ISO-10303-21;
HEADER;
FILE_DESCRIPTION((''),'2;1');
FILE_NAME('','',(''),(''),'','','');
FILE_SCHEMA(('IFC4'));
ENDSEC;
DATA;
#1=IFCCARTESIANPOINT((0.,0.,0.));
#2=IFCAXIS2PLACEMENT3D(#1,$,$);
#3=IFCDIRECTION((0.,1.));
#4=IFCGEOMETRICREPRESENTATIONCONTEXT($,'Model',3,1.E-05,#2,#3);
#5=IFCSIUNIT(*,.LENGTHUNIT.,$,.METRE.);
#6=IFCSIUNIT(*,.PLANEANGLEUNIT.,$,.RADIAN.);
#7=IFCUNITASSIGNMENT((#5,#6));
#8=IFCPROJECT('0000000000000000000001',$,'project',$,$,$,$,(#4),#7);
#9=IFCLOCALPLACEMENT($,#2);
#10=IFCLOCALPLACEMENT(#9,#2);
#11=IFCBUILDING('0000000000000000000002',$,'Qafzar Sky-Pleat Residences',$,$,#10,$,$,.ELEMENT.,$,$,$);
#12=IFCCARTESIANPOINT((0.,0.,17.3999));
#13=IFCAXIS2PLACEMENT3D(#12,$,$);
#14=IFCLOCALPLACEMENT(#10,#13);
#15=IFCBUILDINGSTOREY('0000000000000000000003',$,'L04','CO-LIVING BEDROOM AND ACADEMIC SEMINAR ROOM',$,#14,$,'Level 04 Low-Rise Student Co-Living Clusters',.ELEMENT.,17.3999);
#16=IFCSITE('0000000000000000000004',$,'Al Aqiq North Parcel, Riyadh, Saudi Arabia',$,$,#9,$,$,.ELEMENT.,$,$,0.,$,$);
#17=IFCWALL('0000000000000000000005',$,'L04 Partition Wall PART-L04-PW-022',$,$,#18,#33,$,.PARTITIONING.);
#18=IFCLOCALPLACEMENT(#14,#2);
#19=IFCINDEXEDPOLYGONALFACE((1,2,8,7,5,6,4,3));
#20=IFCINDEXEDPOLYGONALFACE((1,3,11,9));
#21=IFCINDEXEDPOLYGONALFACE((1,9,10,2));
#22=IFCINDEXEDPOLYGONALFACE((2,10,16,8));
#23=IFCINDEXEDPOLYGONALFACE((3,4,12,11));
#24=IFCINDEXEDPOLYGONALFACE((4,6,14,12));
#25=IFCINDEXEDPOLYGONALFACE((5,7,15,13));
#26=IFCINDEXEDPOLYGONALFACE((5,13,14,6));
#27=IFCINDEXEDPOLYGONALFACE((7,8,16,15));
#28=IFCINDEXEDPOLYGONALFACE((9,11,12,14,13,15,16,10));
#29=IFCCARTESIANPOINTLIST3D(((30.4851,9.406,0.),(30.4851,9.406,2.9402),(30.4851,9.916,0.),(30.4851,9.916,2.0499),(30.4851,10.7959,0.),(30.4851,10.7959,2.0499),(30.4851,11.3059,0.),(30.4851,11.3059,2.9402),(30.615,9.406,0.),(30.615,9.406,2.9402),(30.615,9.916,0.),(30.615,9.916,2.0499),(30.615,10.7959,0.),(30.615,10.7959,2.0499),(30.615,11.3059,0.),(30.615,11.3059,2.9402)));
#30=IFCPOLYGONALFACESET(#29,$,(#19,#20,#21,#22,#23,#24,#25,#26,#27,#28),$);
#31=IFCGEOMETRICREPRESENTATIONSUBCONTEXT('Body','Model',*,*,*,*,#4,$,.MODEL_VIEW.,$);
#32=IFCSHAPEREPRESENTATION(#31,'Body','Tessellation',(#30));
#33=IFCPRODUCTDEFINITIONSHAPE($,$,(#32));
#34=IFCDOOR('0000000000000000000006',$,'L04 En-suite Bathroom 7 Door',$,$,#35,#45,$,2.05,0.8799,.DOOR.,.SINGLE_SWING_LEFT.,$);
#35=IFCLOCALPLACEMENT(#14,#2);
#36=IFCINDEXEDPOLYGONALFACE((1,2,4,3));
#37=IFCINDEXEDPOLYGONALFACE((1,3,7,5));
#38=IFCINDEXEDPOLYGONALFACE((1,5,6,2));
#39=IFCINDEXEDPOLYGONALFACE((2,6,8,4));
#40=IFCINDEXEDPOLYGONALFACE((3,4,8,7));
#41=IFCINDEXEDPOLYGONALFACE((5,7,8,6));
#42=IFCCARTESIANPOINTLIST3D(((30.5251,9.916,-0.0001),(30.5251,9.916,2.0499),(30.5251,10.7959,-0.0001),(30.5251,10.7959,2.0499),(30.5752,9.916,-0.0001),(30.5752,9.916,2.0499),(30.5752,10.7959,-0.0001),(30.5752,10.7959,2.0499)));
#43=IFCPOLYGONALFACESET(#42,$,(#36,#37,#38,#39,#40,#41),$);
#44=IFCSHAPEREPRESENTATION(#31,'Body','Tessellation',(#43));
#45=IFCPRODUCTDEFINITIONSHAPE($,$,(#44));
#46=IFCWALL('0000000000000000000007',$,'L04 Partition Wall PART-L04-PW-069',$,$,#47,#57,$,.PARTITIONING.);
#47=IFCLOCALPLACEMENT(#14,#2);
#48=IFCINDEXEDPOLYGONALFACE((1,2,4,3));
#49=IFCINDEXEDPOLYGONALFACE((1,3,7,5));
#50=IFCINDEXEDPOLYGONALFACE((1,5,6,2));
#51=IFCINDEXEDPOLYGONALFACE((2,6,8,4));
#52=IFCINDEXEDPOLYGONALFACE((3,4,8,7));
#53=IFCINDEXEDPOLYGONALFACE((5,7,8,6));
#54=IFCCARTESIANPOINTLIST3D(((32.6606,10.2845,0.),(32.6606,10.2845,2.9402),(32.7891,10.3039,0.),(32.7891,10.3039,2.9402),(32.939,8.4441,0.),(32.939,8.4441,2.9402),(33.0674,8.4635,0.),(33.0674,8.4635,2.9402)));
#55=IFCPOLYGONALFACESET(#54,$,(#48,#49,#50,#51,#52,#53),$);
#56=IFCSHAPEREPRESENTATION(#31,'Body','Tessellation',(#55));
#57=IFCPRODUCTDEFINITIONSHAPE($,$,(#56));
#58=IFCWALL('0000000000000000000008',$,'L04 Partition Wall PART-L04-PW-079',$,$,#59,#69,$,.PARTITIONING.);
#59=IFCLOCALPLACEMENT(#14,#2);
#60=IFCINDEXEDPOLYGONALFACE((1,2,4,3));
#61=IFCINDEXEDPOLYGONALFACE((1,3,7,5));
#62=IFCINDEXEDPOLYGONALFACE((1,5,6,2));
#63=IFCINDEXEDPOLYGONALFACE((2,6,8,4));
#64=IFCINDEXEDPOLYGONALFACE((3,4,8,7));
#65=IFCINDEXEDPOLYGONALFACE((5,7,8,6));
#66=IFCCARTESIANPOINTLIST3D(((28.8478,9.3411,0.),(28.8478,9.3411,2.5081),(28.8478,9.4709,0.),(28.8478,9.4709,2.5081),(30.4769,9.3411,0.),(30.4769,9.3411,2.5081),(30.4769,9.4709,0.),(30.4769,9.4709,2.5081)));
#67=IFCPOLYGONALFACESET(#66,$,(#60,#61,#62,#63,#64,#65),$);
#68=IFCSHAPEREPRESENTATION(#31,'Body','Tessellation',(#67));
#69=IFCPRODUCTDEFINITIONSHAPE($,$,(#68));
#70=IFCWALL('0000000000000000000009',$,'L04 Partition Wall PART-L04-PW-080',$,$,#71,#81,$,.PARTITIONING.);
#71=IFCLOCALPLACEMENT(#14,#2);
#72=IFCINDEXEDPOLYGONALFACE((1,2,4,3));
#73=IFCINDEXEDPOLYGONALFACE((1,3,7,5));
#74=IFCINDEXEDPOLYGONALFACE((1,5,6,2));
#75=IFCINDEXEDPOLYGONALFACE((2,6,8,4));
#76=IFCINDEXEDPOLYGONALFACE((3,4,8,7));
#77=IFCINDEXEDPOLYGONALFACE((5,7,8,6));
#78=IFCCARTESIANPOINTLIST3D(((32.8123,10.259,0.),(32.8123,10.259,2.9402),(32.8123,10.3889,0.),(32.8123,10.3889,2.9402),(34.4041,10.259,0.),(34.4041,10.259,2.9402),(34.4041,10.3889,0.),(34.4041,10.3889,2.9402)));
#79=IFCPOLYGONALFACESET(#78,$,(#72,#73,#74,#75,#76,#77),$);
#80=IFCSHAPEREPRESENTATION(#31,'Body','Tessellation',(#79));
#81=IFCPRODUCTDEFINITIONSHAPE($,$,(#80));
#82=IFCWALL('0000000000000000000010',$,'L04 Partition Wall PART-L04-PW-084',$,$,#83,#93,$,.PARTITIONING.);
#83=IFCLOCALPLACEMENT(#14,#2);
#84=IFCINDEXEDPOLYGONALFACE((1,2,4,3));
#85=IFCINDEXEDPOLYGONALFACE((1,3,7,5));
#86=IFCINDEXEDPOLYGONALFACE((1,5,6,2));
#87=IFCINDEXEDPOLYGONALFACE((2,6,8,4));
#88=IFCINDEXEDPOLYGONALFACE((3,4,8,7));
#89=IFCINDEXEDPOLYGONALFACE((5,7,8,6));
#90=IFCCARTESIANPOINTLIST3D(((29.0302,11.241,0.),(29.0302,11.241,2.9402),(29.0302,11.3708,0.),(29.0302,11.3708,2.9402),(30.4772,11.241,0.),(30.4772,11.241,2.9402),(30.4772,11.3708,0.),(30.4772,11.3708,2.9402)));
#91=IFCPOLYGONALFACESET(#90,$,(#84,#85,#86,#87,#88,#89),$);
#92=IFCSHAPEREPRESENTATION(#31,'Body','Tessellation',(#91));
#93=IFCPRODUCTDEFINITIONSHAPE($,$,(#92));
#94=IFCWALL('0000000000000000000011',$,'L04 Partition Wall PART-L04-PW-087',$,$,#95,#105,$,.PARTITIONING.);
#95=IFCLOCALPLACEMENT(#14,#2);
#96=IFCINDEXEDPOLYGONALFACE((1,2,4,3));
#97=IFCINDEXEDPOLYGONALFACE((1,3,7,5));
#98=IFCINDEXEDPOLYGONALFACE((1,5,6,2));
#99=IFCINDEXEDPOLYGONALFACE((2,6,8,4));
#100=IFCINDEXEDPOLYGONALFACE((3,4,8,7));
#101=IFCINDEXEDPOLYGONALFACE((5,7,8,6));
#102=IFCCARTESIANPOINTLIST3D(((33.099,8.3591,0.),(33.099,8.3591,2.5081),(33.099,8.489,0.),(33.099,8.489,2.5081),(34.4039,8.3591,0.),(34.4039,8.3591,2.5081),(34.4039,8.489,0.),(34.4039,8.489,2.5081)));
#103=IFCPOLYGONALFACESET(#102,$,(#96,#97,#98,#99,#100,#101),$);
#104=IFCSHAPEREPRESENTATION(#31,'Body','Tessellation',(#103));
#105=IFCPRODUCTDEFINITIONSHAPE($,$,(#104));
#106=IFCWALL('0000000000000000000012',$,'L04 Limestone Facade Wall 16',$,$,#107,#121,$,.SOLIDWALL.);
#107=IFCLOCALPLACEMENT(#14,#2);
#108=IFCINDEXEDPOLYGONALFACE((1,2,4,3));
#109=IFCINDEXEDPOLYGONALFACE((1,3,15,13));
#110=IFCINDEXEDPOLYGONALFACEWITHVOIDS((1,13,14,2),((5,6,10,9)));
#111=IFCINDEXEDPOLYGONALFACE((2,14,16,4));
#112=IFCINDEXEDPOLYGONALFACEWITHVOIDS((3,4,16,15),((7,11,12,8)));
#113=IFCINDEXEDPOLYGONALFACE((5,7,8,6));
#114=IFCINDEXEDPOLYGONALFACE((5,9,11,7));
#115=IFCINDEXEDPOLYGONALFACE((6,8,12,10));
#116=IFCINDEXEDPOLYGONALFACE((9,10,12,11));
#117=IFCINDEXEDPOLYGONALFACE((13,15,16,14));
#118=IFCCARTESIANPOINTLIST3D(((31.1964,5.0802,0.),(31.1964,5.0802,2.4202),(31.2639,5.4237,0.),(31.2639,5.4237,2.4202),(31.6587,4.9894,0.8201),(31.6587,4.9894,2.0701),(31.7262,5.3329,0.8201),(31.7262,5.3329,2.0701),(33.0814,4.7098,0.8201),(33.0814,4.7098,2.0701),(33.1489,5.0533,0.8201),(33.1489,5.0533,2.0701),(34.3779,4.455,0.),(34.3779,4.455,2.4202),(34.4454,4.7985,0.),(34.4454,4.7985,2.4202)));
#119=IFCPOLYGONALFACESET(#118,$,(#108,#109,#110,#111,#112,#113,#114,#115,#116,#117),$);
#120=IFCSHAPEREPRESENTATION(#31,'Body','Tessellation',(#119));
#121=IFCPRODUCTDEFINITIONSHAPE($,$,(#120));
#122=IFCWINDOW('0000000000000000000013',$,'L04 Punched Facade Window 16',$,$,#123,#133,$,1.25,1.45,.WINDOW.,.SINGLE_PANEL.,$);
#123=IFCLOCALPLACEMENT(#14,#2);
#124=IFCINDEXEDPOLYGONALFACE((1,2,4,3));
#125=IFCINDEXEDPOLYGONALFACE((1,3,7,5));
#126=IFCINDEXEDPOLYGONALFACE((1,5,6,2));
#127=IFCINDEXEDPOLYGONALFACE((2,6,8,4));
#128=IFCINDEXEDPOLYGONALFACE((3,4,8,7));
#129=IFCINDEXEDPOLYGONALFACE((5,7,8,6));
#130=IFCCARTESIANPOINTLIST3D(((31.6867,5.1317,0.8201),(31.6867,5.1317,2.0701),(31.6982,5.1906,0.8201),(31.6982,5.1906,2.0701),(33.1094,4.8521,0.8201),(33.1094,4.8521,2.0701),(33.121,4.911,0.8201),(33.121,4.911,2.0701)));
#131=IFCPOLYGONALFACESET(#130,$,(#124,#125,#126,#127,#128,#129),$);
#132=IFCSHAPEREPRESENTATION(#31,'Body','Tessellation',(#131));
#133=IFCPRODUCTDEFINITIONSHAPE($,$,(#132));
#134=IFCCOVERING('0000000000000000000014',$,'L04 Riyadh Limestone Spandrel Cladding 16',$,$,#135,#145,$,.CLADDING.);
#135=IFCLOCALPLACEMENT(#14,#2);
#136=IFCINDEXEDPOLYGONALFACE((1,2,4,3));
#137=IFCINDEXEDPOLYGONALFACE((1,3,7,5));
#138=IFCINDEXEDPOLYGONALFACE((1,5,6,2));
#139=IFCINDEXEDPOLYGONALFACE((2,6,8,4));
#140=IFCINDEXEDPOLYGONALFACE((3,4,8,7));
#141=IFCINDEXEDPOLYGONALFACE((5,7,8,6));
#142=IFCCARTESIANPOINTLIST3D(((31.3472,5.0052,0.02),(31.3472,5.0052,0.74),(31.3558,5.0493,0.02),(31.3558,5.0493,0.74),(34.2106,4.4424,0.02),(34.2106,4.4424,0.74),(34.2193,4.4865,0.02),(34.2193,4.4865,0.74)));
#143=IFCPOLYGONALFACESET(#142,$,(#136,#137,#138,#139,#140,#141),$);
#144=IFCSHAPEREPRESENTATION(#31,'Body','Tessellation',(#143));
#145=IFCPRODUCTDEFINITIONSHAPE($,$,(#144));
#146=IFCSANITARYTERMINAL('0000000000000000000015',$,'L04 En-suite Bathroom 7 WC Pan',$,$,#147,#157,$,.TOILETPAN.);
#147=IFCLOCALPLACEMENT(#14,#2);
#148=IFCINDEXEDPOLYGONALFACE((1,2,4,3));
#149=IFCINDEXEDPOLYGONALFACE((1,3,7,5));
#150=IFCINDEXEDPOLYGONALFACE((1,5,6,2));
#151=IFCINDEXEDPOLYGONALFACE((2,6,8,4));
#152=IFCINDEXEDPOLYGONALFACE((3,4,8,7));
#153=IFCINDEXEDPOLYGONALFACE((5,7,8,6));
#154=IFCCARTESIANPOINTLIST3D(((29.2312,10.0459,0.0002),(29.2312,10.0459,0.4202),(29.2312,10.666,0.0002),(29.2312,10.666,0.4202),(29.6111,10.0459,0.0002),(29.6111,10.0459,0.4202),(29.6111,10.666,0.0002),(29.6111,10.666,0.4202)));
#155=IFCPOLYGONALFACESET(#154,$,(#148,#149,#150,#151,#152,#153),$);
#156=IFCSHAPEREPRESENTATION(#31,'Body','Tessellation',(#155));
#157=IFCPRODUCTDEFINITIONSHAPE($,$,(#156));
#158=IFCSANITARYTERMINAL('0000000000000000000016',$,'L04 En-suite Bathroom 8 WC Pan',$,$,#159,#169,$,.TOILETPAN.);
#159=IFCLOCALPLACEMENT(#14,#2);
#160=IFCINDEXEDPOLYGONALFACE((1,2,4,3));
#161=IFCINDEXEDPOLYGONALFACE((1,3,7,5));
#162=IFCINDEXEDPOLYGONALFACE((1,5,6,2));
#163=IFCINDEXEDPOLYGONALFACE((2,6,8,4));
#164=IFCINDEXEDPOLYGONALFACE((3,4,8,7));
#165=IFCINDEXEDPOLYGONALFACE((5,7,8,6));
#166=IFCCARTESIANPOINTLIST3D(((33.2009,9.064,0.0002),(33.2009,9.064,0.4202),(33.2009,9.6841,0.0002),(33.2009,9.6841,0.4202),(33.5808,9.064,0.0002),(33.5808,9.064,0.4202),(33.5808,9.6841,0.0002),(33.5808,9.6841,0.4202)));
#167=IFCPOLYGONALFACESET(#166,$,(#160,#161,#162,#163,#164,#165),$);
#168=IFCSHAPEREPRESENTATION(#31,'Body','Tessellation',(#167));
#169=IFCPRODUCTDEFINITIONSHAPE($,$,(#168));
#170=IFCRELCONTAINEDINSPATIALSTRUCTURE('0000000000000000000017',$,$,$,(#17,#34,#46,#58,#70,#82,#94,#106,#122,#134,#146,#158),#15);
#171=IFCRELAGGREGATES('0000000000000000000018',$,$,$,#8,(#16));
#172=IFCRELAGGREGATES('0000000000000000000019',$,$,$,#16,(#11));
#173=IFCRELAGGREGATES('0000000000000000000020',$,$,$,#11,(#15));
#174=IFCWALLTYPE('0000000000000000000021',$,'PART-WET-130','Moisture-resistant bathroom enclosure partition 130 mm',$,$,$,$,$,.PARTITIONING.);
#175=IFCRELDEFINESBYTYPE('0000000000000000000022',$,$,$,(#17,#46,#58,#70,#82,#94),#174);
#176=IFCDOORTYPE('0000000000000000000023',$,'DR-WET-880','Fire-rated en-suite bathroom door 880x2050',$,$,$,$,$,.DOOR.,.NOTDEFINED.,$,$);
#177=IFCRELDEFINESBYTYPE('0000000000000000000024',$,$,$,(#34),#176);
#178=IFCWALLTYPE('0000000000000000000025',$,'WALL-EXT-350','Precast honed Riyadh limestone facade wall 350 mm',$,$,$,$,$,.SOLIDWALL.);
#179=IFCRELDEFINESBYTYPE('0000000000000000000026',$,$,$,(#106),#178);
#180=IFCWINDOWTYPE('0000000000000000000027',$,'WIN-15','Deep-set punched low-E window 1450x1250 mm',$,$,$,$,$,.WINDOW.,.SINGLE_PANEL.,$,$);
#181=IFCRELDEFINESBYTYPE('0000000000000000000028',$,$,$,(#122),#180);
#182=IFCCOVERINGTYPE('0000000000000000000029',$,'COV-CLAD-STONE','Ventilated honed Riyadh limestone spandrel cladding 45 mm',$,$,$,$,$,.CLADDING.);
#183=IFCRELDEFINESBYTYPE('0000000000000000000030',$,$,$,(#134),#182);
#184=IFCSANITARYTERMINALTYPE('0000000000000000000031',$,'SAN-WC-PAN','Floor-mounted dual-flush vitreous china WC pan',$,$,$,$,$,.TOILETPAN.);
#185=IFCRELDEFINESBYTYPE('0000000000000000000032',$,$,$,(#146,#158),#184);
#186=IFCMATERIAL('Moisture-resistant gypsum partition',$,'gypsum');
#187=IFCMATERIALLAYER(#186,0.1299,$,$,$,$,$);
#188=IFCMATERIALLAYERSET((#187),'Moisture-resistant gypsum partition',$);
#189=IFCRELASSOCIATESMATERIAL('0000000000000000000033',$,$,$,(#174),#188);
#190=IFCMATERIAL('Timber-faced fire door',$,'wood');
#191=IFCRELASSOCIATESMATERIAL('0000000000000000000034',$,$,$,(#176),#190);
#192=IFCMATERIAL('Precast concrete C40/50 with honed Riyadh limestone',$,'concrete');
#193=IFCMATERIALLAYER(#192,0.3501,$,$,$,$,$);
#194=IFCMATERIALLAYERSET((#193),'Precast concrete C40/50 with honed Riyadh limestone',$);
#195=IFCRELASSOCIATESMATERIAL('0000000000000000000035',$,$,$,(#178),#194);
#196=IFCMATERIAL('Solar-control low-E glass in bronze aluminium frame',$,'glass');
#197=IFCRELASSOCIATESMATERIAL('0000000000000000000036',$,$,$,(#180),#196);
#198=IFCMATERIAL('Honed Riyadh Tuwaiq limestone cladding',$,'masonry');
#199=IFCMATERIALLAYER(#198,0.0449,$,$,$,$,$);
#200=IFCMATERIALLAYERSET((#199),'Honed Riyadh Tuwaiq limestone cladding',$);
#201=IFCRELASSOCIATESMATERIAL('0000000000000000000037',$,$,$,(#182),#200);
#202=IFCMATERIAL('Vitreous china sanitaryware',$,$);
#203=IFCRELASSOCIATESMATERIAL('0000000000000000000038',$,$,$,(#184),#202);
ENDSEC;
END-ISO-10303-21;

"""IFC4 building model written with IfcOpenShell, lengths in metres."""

from ifc_helpers import new_model, si_unit, direction, frame, frame_2d, origin, origin_2d, place, context, subcontext, project, spatial, rectangle, extrude, source, transform, mapped, material, layer, layer_set, type_object, element, fill, save


model = new_model("IFC4")

# Units and contexts
model_context = context("Model", 3, precision=1e-05, world=origin(), true_north=direction((0.0, 1.0)))
body_context = subcontext(model_context, "Body", "Model", "MODEL_VIEW")
ifc_project = project(units=[si_unit("LENGTHUNIT", "METRE"), si_unit("PLANEANGLEUNIT", "RADIAN")], contexts=[model_context])

# Site, building, storey
site_placement = place(None, origin())
site = spatial("IfcSite", under=ifc_project, at=site_placement, Name="Al Aqiq North Parcel, Riyadh, Saudi Arabia", CompositionType="ELEMENT", RefElevation=0.0)
building_placement = place(site_placement, origin())
building = spatial("IfcBuilding", under=site, at=building_placement, Name="Qafzar Sky-Pleat Residences", CompositionType="ELEMENT")
storey_placement = place(building_placement, frame((0.0, 0.0, 17.3999)))
storey = spatial("IfcBuildingStorey", under=building, at=storey_placement, Name="L04", Description="CO-LIVING BEDROOM AND ACADEMIC SEMINAR ROOM", LongName="Level 04 Low-Rise Student Co-Living Clusters", CompositionType="ELEMENT", Elevation=17.3999)

# Wall, opening, door
ifc_material_1 = material(Name="Moisture-resistant gypsum partition", Category="gypsum")
ifc_layer_1 = layer(ifc_material_1, 0.1299)
ifc_layer_set_1 = layer_set([ifc_layer_1], Name="Moisture-resistant gypsum partition")
wall_type_1 = type_object("IfcWallType", Name="PART-WET-130", Description="Moisture-resistant bathroom enclosure partition 130 mm", PredefinedType="PARTITIONING", material=ifc_layer_set_1)
ifc_material_2 = material(Name="Timber-faced fire door", Category="wood")
door_type = type_object("IfcDoorType", Name="DR-WET-880", Description="Fire-rated en-suite bathroom door 880x2050", OperationType="NOTDEFINED", PredefinedType="DOOR", material=ifc_material_2)
shared_shape_1 = source(origin(), body_context, "Body", "SweptSolid", [
    extrude(rectangle(XDim=0.8799, YDim=2.05, at=frame_2d((0.4399, 1.0249))), frame((0.0, 0.0249, 0.0), z_axis=(0.0, -1.0, 0.0), x_axis=(1.0, 0.0, 0.0)), (0.0, 0.0, 1.0), 0.05),
])
wall_1_placement = place(storey_placement, frame((30.55, 9.406, 0.0), z_axis=(0.0, 0.0, 1.0), x_axis=(0.0, 1.0, 0.0)))
wall_1 = element("IfcWall", 1, at=wall_1_placement, inside=storey, type_object=wall_type_1, Name="L04 Partition Wall PART-L04-PW-022", PredefinedType="PARTITIONING", context=body_context, shape_type="SweptSolid", body=[
    extrude(rectangle(XDim=1.8999, YDim=0.1299, at=frame_2d((0.95, 0.0))), origin(), (0.0, 0.0, 1.0), 2.9402),
])
opening_1_placement = place(wall_1_placement, frame((0.51, 0.0, 0.0)))
opening_1 = element("IfcOpeningElement", 2, at=opening_1_placement, cuts=wall_1, PredefinedType="OPENING", context=body_context, shape_type="SweptSolid", body=[
    extrude(rectangle(XDim=0.8799, YDim=2.05, at=frame_2d((0.4399, 1.0249))), frame((0.0, 0.075, 0.0), z_axis=(0.0, -1.0, 0.0), x_axis=(1.0, 0.0, 0.0)), (0.0, 0.0, 1.0), 0.1499),
])
door_1_placement = place(opening_1_placement, origin())
door_1 = element("IfcDoor", 3, at=door_1_placement, inside=storey, type_object=door_type, Name="L04 En-suite Bathroom 7 Door", OperationType="SINGLE_SWING_LEFT", OverallHeight=2.05, OverallWidth=0.8799, PredefinedType="DOOR", context=body_context, shape_type="MappedRepresentation", body=[
    mapped(shared_shape_1, transform((0.0, 0.0, 0.0), x_axis=(1.0, 0.0, 0.0), y_axis=(0.0, 1.0, 0.0), z_axis=(0.0, 0.0, 1.0), scale=1.0)),
])
fill(opening_1, door_1)

# Walls
wall_2_placement = place(storey_placement, frame((32.7249, 10.2942, 0.0), z_axis=(0.0, 0.0, 1.0), x_axis=(0.149533, -0.988757, 0.0)))
element("IfcWall", 4, at=wall_2_placement, inside=storey, type_object=wall_type_1, Name="L04 Partition Wall PART-L04-PW-069", PredefinedType="PARTITIONING", context=body_context, shape_type="SweptSolid", body=[
    extrude(rectangle(XDim=1.8613, YDim=0.1299, at=frame_2d((0.9307, 0.0))), origin(), (0.0, 0.0, 1.0), 2.9402),
])
wall_3_placement = place(storey_placement, frame((28.8479, 9.406, 0.0), z_axis=(0.0, 0.0, 1.0), x_axis=(1.0, 0.0, 0.0)))
element("IfcWall", 5, at=wall_3_placement, inside=storey, type_object=wall_type_1, Name="L04 Partition Wall PART-L04-PW-079", PredefinedType="PARTITIONING", context=body_context, shape_type="SweptSolid", body=[
    extrude(rectangle(XDim=1.6292, YDim=0.1299, at=frame_2d((0.8145, 0.0))), origin(), (0.0, 0.0, 1.0), 2.5081),
])
wall_4_placement = place(storey_placement, frame((32.8123, 10.324, 0.0), z_axis=(0.0, 0.0, 1.0), x_axis=(1.0, 0.0, 0.0)))
element("IfcWall", 6, at=wall_4_placement, inside=storey, type_object=wall_type_1, Name="L04 Partition Wall PART-L04-PW-080", PredefinedType="PARTITIONING", context=body_context, shape_type="SweptSolid", body=[
    extrude(rectangle(XDim=1.5918, YDim=0.1299, at=frame_2d((0.7959, 0.0))), origin(), (0.0, 0.0, 1.0), 2.9402),
])
wall_5_placement = place(storey_placement, frame((29.03, 11.3059, 0.0), z_axis=(0.0, 0.0, 1.0), x_axis=(1.0, 0.0, 0.0)))
element("IfcWall", 7, at=wall_5_placement, inside=storey, type_object=wall_type_1, Name="L04 Partition Wall PART-L04-PW-084", PredefinedType="PARTITIONING", context=body_context, shape_type="SweptSolid", body=[
    extrude(rectangle(XDim=1.447, YDim=0.1299, at=frame_2d((0.7236, 0.0))), origin(), (0.0, 0.0, 1.0), 2.9402),
])
wall_6_placement = place(storey_placement, frame((33.0991, 8.4241, 0.0), z_axis=(0.0, 0.0, 1.0), x_axis=(1.0, 0.0, 0.0)))
element("IfcWall", 8, at=wall_6_placement, inside=storey, type_object=wall_type_1, Name="L04 Partition Wall PART-L04-PW-087", PredefinedType="PARTITIONING", context=body_context, shape_type="SweptSolid", body=[
    extrude(rectangle(XDim=1.3049, YDim=0.1299, at=frame_2d((0.6523, 0.0))), origin(), (0.0, 0.0, 1.0), 2.5081),
])

# Wall, opening, window
ifc_material_3 = material(Name="Precast concrete C40/50 with honed Riyadh limestone", Category="concrete")
ifc_layer_2 = layer(ifc_material_3, 0.3501)
ifc_layer_set_2 = layer_set([ifc_layer_2], Name="Precast concrete C40/50 with honed Riyadh limestone")
wall_type_2 = type_object("IfcWallType", Name="WALL-EXT-350", Description="Precast honed Riyadh limestone facade wall 350 mm", PredefinedType="SOLIDWALL", material=ifc_layer_set_2)
wall_7_placement = place(storey_placement, frame((31.2302, 5.252, 0.0), z_axis=(0.0, 0.0, 1.0), x_axis=(0.981233, -0.192828, 0.0)))
wall_7 = element("IfcWall", 9, at=wall_7_placement, inside=storey, type_object=wall_type_2, Name="L04 Limestone Facade Wall 16", PredefinedType="SOLIDWALL", context=body_context, shape_type="SweptSolid", body=[
    extrude(rectangle(XDim=3.2424, YDim=0.3501, at=frame_2d((1.6211, 0.0))), origin(), (0.0, 0.0, 1.0), 2.4202),
])
opening_2_placement = place(wall_7_placement, frame((0.4709, 0.0, 0.8201)))
opening_2 = element("IfcOpeningElement", 10, at=opening_2_placement, cuts=wall_7, PredefinedType="OPENING", context=body_context, shape_type="SweptSolid", body=[
    extrude(rectangle(XDim=1.45, YDim=1.25, at=frame_2d((0.7251, 0.625))), frame((0.0, 0.1851, 0.0), z_axis=(0.0, -1.0, 0.0), x_axis=(1.0, 0.0, 0.0)), (0.0, 0.0, 1.0), 0.3701),
])
ifc_material_4 = material(Name="Solar-control low-E glass in bronze aluminium frame", Category="glass")
window_type = type_object("IfcWindowType", Name="WIN-15", Description="Deep-set punched low-E window 1450x1250 mm", PartitioningType="SINGLE_PANEL", PredefinedType="WINDOW", material=ifc_material_4)
shared_shape_2 = source(origin(), body_context, "Body", "SweptSolid", [
    extrude(rectangle(XDim=1.45, YDim=1.25, at=frame_2d((0.7251, 0.625))), frame((0.0, 0.03, 0.0), z_axis=(0.0, -1.0, 0.0), x_axis=(1.0, 0.0, 0.0)), (0.0, 0.0, 1.0), 0.0601),
])
window_placement = place(opening_2_placement, origin())
window = element("IfcWindow", 11, at=window_placement, inside=storey, type_object=window_type, Name="L04 Punched Facade Window 16", OverallHeight=1.25, OverallWidth=1.45, PartitioningType="SINGLE_PANEL", PredefinedType="WINDOW", context=body_context, shape_type="MappedRepresentation", body=[
    mapped(shared_shape_2, transform((0.0, 0.0, 0.0), x_axis=(1.0, 0.0, 0.0), y_axis=(0.0, 1.0, 0.0), z_axis=(0.0, 0.0, 1.0), scale=1.0)),
])
fill(opening_2, window)

# Covering
ifc_material_5 = material(Name="Honed Riyadh Tuwaiq limestone cladding", Category="masonry")
ifc_layer_3 = layer(ifc_material_5, 0.0449)
ifc_layer_set_3 = layer_set([ifc_layer_3], Name="Honed Riyadh Tuwaiq limestone cladding")
covering_type = type_object("IfcCoveringType", Name="COV-CLAD-STONE", Description="Ventilated honed Riyadh limestone spandrel cladding 45 mm", PredefinedType="CLADDING", material=ifc_layer_set_3)
shared_shape_3 = source(origin(), body_context, "Body", "SweptSolid", [
    extrude(rectangle(XDim=2.9182, YDim=0.0449, at=origin_2d()), origin(), (0.0, 0.0, 1.0), 0.72),
])
covering_placement = place(storey_placement, frame((32.7832, 4.7458, 0.02), z_axis=(0.0, 0.0, 1.0), x_axis=(0.98123, -0.192841, 0.0)))
element("IfcCovering", 12, at=covering_placement, inside=storey, type_object=covering_type, Name="L04 Riyadh Limestone Spandrel Cladding 16", PredefinedType="CLADDING", context=body_context, shape_type="MappedRepresentation", body=[
    mapped(shared_shape_3, transform((0.0, 0.0, 0.0), x_axis=(1.0, 0.0, 0.0), y_axis=(0.0, 1.0, 0.0), z_axis=(0.0, 0.0, 1.0), scale=1.0)),
])

# Sanitary terminals
ifc_material_6 = material(Name="Vitreous china sanitaryware")
sanitary_terminal_type_1 = type_object("IfcSanitaryTerminalType", Name="SAN-WC-PAN", Description="Floor-mounted dual-flush vitreous china WC pan", PredefinedType="TOILETPAN", material=ifc_material_6)
shared_shape_4 = source(origin(), body_context, "Body", "SweptSolid", [
    extrude(rectangle(XDim=0.3799, YDim=0.6201, at=origin_2d()), origin(), (0.0, 0.0, 1.0), 0.4199),
])
for number, where, z_axis, x_axis, name in (
    (13, (29.4211, 10.356, 0.0002), (0.0, 0.0, 1.0), (1.0, 0.0, 0.0), "L04 En-suite Bathroom 7 WC Pan"),
    (14, (33.3909, 9.374, 0.0002), (0.0, 0.0, 1.0), (1.0, 0.0, 0.0), "L04 En-suite Bathroom 8 WC Pan"),
):
    element("IfcSanitaryTerminal", number, at=place(storey_placement, frame(where, z_axis=z_axis, x_axis=x_axis)), inside=storey, type_object=sanitary_terminal_type_1, Name=name, PredefinedType="TOILETPAN", context=body_context, shape_type="MappedRepresentation", body=[
        mapped(shared_shape_4, transform((0.0, 0.0, 0.0), x_axis=(1.0, 0.0, 0.0), y_axis=(0.0, 1.0, 0.0), z_axis=(0.0, 0.0, 1.0), scale=1.0)),
    ])

save(model, "model.ifc")
